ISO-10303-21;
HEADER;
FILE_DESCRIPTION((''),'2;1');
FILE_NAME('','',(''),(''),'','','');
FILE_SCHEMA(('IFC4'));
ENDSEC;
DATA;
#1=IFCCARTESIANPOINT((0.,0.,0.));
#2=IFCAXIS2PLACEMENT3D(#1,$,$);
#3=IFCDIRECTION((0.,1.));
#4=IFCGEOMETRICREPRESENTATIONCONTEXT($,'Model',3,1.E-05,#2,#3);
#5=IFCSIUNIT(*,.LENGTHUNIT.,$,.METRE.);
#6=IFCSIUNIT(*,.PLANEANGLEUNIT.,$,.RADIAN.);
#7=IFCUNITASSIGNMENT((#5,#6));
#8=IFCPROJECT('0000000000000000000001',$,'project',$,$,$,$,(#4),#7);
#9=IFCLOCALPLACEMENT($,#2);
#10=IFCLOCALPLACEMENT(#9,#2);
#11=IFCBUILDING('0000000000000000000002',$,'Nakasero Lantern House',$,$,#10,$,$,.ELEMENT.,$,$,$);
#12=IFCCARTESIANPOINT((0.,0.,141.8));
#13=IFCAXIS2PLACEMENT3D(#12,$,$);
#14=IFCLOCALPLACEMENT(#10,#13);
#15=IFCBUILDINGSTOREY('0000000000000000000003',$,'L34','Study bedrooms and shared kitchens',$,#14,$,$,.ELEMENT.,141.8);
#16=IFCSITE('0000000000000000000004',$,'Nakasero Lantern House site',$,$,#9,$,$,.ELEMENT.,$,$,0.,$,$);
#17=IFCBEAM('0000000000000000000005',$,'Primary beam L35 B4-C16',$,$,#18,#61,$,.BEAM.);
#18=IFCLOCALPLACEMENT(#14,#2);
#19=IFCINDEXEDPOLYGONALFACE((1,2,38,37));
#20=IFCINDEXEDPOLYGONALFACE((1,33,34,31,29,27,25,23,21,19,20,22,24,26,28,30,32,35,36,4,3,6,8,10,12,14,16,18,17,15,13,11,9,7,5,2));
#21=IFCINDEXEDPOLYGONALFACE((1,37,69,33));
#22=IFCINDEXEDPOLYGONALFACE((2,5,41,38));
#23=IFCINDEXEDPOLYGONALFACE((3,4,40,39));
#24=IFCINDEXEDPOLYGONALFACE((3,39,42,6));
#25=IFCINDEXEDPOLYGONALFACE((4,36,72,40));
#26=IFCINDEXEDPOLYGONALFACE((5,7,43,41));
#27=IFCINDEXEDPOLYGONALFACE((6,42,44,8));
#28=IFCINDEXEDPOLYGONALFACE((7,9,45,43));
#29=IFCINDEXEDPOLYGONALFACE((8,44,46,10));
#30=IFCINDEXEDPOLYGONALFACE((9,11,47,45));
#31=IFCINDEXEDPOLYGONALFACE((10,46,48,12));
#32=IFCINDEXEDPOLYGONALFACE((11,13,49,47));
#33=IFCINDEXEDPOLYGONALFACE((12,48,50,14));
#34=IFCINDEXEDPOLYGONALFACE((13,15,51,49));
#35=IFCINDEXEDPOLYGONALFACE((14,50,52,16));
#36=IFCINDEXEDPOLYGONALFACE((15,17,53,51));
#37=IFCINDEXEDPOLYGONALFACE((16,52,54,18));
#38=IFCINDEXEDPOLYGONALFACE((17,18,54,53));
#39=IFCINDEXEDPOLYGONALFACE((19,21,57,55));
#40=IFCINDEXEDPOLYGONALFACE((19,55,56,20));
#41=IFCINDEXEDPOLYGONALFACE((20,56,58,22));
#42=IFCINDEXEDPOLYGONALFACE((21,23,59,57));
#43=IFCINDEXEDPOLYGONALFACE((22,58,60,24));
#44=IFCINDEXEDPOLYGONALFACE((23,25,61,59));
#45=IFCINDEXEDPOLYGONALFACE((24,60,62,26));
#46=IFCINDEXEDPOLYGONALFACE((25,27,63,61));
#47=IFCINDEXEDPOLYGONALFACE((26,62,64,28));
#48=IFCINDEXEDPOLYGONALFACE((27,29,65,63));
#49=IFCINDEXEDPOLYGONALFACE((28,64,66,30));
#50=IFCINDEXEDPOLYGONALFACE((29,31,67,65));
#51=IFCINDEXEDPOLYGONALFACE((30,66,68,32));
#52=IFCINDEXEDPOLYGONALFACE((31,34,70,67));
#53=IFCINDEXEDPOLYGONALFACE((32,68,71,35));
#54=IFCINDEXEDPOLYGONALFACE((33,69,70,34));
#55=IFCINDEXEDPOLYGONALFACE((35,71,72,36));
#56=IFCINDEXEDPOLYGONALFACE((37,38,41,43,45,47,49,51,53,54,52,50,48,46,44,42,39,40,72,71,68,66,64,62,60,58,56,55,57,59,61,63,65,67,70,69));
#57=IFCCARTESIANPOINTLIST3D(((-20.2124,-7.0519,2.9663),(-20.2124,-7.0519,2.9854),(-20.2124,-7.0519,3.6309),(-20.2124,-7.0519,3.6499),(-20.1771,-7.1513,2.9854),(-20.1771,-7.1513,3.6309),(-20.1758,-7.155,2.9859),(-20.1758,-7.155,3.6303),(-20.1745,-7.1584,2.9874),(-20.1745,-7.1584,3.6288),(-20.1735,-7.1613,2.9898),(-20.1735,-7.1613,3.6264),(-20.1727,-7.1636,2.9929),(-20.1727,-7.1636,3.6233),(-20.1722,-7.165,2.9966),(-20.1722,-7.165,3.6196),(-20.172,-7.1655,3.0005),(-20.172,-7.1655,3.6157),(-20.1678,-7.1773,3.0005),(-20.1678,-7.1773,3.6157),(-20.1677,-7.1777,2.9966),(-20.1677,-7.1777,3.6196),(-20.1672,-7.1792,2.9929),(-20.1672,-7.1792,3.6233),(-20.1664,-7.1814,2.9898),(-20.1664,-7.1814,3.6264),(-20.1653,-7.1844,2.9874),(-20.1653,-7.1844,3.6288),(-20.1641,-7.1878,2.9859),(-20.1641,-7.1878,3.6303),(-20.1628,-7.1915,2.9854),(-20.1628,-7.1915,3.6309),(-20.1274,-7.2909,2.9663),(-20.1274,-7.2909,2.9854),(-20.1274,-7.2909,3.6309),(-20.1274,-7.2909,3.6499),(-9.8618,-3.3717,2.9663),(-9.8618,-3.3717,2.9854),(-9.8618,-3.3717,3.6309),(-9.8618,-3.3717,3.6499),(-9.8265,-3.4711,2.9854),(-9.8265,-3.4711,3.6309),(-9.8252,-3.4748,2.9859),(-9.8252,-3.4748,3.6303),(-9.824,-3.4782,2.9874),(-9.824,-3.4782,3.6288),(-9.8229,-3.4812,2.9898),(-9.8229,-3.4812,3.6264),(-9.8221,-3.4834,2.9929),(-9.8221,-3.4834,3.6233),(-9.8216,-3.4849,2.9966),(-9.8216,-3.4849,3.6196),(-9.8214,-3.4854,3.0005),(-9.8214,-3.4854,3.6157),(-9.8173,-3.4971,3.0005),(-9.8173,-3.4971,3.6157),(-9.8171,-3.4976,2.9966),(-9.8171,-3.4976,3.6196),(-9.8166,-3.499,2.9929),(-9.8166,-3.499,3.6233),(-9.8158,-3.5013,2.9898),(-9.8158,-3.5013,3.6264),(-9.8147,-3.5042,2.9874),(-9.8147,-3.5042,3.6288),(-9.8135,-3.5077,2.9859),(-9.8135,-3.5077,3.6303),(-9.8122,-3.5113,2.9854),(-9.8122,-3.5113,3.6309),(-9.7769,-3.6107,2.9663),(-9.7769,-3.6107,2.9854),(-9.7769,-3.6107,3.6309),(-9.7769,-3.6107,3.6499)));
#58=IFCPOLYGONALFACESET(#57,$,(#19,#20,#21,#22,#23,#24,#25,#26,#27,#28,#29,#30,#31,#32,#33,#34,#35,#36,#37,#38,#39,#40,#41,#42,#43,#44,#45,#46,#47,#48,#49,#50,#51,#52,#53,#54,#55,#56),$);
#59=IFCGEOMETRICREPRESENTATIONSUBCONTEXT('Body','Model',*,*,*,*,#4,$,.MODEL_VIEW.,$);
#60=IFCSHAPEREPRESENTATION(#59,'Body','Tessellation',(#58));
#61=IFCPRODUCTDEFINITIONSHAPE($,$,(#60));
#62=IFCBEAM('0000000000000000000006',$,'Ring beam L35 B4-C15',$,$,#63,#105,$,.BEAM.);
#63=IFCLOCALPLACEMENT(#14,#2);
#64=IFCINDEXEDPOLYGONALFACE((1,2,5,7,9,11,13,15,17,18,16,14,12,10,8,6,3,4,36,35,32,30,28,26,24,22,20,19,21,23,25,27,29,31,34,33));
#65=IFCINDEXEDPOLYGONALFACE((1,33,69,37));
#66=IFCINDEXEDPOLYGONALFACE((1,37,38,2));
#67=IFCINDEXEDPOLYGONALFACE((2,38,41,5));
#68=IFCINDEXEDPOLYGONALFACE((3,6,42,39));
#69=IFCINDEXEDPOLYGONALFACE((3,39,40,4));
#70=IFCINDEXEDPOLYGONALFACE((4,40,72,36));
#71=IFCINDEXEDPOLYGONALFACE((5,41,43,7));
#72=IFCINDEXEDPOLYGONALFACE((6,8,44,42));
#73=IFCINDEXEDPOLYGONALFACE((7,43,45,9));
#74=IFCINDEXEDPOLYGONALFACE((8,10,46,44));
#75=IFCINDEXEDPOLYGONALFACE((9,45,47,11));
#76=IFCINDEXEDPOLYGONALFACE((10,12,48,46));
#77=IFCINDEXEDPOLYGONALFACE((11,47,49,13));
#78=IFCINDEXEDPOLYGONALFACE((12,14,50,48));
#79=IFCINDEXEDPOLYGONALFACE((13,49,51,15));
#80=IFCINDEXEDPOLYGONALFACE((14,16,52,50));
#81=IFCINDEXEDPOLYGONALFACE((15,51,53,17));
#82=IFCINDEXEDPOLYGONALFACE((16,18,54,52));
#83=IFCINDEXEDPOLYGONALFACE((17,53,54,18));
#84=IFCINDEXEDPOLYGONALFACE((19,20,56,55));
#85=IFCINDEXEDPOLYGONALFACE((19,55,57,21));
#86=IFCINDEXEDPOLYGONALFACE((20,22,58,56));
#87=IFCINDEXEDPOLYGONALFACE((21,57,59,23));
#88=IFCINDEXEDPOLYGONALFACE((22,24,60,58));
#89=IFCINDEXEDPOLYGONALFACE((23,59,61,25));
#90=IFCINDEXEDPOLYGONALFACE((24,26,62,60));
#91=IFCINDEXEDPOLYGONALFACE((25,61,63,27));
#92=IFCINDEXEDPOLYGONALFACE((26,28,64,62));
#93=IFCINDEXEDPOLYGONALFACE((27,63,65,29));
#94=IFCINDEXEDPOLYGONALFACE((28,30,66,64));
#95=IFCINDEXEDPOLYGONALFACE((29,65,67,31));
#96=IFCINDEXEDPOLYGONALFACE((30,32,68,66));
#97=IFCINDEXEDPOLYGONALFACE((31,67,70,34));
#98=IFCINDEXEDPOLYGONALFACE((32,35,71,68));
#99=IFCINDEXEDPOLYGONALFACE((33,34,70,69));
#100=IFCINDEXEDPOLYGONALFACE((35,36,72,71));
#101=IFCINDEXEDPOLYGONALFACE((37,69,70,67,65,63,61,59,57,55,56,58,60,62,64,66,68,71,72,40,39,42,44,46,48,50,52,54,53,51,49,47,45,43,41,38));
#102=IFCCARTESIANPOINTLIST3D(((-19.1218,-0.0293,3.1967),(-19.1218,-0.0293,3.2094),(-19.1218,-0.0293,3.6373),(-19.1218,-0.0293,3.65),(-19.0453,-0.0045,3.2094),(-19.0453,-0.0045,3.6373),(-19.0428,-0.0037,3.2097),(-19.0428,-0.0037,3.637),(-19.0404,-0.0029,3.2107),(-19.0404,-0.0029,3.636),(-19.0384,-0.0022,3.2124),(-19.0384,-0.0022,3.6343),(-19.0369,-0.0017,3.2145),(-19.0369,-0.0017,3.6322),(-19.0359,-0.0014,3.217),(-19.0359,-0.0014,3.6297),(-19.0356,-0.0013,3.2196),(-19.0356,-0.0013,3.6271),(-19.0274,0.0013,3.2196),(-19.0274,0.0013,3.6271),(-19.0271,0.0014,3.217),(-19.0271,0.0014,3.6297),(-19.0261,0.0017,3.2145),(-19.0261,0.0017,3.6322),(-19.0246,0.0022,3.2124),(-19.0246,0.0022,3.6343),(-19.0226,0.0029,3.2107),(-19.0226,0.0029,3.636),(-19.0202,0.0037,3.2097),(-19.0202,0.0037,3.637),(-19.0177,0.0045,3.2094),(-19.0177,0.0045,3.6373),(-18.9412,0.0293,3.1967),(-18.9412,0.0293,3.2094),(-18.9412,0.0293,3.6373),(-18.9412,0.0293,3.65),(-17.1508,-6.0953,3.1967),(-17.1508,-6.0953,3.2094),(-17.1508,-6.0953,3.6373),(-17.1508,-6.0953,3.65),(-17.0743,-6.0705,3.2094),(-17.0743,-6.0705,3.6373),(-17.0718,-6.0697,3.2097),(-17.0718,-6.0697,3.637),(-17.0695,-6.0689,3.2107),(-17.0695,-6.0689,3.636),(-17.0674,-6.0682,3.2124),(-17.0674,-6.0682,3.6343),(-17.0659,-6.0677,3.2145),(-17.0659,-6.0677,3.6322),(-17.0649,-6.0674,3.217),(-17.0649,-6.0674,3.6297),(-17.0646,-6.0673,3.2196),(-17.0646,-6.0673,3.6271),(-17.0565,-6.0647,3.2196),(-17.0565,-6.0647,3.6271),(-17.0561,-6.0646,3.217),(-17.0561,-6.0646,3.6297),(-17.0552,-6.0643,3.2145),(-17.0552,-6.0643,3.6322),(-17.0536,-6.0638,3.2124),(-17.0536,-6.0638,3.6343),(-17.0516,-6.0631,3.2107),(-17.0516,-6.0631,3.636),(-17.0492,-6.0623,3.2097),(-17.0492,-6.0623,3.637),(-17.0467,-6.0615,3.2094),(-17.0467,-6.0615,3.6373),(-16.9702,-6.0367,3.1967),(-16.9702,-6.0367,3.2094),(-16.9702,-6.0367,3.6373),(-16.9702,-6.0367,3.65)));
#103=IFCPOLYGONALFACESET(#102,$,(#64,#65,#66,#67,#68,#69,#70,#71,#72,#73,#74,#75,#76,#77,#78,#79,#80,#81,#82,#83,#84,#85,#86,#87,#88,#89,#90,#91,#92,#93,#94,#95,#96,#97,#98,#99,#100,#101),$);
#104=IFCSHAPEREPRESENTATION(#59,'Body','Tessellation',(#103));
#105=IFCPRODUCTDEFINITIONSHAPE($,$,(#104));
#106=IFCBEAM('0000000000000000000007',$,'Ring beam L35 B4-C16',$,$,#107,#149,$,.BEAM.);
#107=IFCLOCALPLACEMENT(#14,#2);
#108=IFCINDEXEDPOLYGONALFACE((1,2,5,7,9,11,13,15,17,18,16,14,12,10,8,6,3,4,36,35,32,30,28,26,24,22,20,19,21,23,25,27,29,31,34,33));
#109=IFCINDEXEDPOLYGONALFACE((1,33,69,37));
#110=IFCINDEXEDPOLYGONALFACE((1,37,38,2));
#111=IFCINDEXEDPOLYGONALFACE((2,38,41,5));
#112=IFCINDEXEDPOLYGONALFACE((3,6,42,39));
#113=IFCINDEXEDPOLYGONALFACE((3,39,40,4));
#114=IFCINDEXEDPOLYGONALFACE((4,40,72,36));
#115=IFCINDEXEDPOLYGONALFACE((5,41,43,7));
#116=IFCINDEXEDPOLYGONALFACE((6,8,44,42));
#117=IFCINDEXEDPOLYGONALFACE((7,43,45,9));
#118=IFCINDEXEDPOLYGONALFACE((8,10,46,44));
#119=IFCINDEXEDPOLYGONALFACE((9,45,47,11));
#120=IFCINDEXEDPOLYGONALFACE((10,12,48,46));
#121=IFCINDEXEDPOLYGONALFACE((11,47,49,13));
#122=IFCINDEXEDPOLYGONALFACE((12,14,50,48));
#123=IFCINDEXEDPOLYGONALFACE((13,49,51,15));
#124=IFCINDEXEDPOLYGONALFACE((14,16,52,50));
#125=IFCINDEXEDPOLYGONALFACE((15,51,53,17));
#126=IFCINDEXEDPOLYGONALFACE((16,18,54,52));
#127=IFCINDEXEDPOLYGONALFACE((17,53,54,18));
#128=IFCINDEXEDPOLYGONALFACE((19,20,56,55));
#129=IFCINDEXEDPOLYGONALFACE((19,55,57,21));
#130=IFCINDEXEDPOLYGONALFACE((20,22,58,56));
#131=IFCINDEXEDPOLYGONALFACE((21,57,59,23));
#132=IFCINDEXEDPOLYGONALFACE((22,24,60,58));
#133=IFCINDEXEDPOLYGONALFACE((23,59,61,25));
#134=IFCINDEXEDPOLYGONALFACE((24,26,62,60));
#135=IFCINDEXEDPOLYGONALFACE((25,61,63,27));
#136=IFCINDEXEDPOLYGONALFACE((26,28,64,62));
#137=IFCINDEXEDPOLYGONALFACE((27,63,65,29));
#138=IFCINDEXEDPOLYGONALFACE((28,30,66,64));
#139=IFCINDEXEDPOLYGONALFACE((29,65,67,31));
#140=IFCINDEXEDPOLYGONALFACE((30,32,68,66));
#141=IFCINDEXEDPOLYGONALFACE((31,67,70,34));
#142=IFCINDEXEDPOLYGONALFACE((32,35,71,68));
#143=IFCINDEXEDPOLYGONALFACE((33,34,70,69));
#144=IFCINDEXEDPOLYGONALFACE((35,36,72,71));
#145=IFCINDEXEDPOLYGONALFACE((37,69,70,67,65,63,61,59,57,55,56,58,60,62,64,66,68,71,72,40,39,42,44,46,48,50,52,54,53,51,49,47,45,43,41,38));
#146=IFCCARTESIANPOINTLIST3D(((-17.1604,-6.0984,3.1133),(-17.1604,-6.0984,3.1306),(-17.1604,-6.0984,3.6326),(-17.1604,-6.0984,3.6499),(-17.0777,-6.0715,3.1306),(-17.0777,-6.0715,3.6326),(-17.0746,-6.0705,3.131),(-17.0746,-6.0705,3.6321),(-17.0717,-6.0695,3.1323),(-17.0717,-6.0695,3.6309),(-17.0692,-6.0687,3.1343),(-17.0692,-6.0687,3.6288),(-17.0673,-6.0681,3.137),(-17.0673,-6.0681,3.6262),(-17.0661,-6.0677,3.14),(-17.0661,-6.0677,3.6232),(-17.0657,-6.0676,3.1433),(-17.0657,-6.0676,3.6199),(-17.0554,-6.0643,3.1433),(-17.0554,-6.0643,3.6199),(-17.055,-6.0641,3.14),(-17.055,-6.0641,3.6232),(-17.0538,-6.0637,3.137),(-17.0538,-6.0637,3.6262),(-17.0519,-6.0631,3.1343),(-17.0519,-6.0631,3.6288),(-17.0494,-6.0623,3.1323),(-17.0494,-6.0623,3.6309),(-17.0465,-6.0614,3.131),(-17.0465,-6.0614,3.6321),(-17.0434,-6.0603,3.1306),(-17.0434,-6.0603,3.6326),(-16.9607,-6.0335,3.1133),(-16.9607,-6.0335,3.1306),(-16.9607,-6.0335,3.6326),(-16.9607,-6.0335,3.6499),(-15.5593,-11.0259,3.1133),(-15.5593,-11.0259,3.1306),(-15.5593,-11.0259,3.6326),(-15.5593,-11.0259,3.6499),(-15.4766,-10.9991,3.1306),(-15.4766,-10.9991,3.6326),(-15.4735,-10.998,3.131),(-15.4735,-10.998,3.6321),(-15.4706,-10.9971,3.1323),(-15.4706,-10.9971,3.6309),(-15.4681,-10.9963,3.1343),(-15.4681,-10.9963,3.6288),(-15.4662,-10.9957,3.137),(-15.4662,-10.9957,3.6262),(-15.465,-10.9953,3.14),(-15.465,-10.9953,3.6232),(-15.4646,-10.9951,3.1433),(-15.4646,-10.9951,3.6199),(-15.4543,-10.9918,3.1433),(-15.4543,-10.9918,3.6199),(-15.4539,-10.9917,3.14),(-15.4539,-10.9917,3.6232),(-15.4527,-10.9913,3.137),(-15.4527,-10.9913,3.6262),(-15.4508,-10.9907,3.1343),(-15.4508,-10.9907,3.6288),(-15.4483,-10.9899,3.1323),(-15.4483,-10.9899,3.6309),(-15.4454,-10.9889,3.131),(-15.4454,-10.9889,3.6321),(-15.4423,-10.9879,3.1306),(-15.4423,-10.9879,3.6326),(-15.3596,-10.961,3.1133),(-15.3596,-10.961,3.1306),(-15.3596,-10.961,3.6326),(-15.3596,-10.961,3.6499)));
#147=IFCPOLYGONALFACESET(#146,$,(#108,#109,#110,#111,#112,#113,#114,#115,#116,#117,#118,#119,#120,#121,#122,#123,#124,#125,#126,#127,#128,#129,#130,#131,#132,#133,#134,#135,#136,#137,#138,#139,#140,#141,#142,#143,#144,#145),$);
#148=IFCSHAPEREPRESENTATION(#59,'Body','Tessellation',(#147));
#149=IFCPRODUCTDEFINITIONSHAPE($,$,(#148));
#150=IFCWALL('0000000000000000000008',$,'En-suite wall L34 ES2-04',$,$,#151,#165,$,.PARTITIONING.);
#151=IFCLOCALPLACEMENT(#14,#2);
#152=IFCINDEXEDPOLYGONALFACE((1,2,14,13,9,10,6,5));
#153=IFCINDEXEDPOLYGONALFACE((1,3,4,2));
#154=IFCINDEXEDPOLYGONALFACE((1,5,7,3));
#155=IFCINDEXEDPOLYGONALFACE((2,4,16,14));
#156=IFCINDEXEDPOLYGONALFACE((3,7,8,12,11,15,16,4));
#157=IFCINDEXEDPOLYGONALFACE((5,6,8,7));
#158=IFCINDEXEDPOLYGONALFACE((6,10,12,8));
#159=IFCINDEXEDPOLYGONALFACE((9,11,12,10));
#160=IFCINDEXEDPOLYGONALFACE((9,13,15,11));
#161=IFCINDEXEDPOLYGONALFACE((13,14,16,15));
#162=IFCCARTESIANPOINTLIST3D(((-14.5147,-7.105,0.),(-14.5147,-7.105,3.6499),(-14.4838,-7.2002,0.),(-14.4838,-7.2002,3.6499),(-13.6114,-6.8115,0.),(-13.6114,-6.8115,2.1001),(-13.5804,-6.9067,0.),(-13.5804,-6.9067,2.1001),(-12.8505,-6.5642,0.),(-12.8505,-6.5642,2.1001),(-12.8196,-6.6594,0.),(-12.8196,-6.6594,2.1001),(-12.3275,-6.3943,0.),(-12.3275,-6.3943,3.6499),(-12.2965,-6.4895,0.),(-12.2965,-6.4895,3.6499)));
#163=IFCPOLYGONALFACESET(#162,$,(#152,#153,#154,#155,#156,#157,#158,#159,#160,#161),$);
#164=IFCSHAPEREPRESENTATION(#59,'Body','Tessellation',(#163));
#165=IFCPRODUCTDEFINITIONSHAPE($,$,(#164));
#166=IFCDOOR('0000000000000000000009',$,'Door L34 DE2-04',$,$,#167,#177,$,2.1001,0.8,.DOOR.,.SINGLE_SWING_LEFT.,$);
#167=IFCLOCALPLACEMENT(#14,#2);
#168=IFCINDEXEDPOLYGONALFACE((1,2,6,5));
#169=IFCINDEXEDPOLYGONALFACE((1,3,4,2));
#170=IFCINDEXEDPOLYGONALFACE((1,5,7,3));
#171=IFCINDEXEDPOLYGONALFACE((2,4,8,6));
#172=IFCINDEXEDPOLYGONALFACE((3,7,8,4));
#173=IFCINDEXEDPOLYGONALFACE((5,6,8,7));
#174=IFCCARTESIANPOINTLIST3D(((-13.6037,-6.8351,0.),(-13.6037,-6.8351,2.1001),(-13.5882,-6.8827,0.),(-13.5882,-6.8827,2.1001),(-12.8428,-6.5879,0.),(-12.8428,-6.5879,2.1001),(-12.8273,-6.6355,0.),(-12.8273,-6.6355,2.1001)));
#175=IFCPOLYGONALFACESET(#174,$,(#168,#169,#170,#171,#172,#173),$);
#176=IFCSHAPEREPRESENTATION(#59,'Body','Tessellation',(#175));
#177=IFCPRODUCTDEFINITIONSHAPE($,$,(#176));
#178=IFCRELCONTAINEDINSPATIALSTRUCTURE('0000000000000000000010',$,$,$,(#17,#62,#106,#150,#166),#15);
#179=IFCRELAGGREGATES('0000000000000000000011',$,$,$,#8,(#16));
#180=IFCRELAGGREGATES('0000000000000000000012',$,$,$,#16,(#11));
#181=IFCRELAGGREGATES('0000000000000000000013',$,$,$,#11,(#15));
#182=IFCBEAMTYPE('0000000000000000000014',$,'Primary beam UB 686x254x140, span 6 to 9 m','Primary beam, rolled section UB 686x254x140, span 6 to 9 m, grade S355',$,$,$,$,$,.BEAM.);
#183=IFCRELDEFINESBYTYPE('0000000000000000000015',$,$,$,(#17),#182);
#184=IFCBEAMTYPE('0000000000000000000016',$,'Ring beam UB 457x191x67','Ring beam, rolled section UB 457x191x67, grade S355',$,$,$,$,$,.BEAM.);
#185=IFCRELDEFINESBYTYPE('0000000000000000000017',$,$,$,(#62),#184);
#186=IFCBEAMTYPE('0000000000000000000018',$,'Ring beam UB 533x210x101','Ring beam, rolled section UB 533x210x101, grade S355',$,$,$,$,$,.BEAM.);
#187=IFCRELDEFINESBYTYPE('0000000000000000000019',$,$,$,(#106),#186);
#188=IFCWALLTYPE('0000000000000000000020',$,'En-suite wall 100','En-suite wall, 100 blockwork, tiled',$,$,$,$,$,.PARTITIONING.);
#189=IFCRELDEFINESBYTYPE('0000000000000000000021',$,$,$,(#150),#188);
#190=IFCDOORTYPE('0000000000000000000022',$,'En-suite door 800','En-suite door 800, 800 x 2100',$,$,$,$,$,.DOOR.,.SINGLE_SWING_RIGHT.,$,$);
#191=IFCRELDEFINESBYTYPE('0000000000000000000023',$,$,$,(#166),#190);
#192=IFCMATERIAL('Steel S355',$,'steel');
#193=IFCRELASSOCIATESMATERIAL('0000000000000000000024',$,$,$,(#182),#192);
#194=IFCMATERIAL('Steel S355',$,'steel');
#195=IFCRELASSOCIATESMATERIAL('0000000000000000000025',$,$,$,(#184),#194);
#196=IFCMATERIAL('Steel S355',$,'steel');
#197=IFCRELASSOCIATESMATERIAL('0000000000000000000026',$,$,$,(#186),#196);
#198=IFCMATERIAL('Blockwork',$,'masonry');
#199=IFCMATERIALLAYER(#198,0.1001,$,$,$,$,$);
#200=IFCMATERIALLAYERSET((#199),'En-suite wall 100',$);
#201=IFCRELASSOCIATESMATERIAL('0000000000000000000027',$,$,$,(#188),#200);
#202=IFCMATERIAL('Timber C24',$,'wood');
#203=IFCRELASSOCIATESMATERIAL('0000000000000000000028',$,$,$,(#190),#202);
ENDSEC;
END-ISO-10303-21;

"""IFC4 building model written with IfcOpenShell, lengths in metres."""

from ifc_helpers import new_model, si_unit, direction, frame, frame_2d, origin, origin_2d, place, context, subcontext, project, spatial, rectangle, i_section, extrude, material, layer, layer_set, material_profile, profile_set, type_object, element, fill, save


model = new_model("IFC4")

# Units and contexts
model_context = context("Model", 3, precision=1e-05, world=origin(), true_north=direction((0.0, 1.0)))
body_context = subcontext(model_context, "Body", "Model", "MODEL_VIEW")
ifc_project = project(units=[si_unit("LENGTHUNIT", "METRE"), si_unit("PLANEANGLEUNIT", "RADIAN")], contexts=[model_context])

# Site, building, storey
site_placement = place(None, origin())
site = spatial("IfcSite", under=ifc_project, at=site_placement, Name="Nakasero Lantern House site", CompositionType="ELEMENT", RefElevation=0.0)
building_placement = place(site_placement, origin())
building = spatial("IfcBuilding", under=site, at=building_placement, Name="Nakasero Lantern House", CompositionType="ELEMENT")
storey_placement = place(building_placement, frame((0.0, 0.0, 141.8)))
storey = spatial("IfcBuildingStorey", under=building, at=storey_placement, Name="L34", Description="Study bedrooms and shared kitchens", CompositionType="ELEMENT", Elevation=141.8)

# Beams
ifc_material_1 = material(Name="Steel S355", Category="steel")
ifc_material_profile_1 = material_profile(ifc_material_1, i_section(OverallWidth=0.2537, OverallDepth=0.6836, WebThickness=0.0125, FlangeThickness=0.019, FilletRadius=0.0151, at=origin_2d()), Name="UB 686x254x140")
ifc_profile_set_1 = profile_set([ifc_material_profile_1], Name="Steel S355")
beam_type_1 = type_object("IfcBeamType", Name="Primary beam UB 686x254x140, span 6 to 9 m", Description="Primary beam, rolled section UB 686x254x140, span 6 to 9 m, grade S355", PredefinedType="BEAM", material=ifc_profile_set_1)
beam_1_placement = place(storey_placement, frame((-20.1699, -7.1714, 3.3081), z_axis=(0.942216, 0.335007, 0.0), x_axis=(-0.335007, 0.942216, 0.0)))
element("IfcBeam", 1, at=beam_1_placement, inside=storey, type_object=beam_type_1, Name="Primary beam L35 B4-C16", PredefinedType="BEAM", context=body_context, shape_type="SweptSolid", body=[
    extrude(i_section(OverallWidth=0.2537, OverallDepth=0.6836, WebThickness=0.0125, FlangeThickness=0.019, FilletRadius=0.0151, at=origin_2d()), origin(), (0.0, 0.0, 1.0), 10.9854),
])
ifc_material_2 = material(Name="Steel S355", Category="steel")
ifc_material_profile_2 = material_profile(ifc_material_2, i_section(OverallWidth=0.1899, OverallDepth=0.4534, WebThickness=0.0085, FlangeThickness=0.0127, FilletRadius=0.0103, at=origin_2d()), Name="UB 457x191x67")
ifc_profile_set_2 = profile_set([ifc_material_profile_2], Name="Steel S355")
beam_type_2 = type_object("IfcBeamType", Name="Ring beam UB 457x191x67", Description="Ring beam, rolled section UB 457x191x67, grade S355", PredefinedType="BEAM", material=ifc_profile_set_2)
beam_2_placement = place(storey_placement, frame((-19.0315, 0.0, 3.4233), z_axis=(0.309019, -0.951056, 0.0), x_axis=(0.951056, 0.309019, 0.0)))
element("IfcBeam", 2, at=beam_2_placement, inside=storey, type_object=beam_type_2, Name="Ring beam L35 B4-C15", PredefinedType="BEAM", context=body_context, shape_type="SweptSolid", body=[
    extrude(i_section(OverallWidth=0.1899, OverallDepth=0.4534, WebThickness=0.0085, FlangeThickness=0.0127, FilletRadius=0.0103, at=origin_2d()), origin(), (0.0, 0.0, 1.0), 6.3782),
])
ifc_material_3 = material(Name="Steel S355", Category="steel")
ifc_material_profile_3 = material_profile(ifc_material_3, i_section(OverallWidth=0.21, OverallDepth=0.5366, WebThickness=0.0107, FlangeThickness=0.0173, FilletRadius=0.0127, at=origin_2d()), Name="UB 533x210x101")
ifc_profile_set_3 = profile_set([ifc_material_profile_3], Name="Steel S355")
beam_type_3 = type_object("IfcBeamType", Name="Ring beam UB 533x210x101", Description="Ring beam, rolled section UB 533x210x101, grade S355", PredefinedType="BEAM", material=ifc_profile_set_3)
beam_3_placement = place(storey_placement, frame((-17.0605, -6.0659, 3.3816), z_axis=(0.309023, -0.951054, 0.0), x_axis=(0.951054, 0.309023, 0.0)))
element("IfcBeam", 3, at=beam_3_placement, inside=storey, type_object=beam_type_3, Name="Ring beam L35 B4-C16", PredefinedType="BEAM", context=body_context, shape_type="SweptSolid", body=[
    extrude(i_section(OverallWidth=0.21, OverallDepth=0.5366, WebThickness=0.0107, FlangeThickness=0.0173, FilletRadius=0.0127, at=origin_2d()), origin(), (0.0, 0.0, 1.0), 5.1812),
])

# Wall, opening, door
ifc_material_4 = material(Name="Blockwork", Category="masonry")
ifc_layer_1 = layer(ifc_material_4, 0.1001)
ifc_layer_set_1 = layer_set([ifc_layer_1], Name="En-suite wall 100")
wall_type_1 = type_object("IfcWallType", Name="En-suite wall 100", Description="En-suite wall, 100 blockwork, tiled", PredefinedType="PARTITIONING", material=ifc_layer_set_1)
wall_1_placement = place(storey_placement, frame((-12.312, -6.4419, 0.0), z_axis=(0.0, 0.0, 1.0), x_axis=(-0.951055, -0.309021, 0.0)))
wall_1 = element("IfcWall", 4, at=wall_1_placement, inside=storey, type_object=wall_type_1, Name="En-suite wall L34 ES2-04", PredefinedType="PARTITIONING", context=body_context, shape_type="SweptSolid", body=[
    extrude(rectangle(XDim=2.2998, YDim=0.1001, at=frame_2d((1.1499, 0.0))), origin(), (0.0, 0.0, 1.0), 3.6499),
])
opening_placement = place(wall_1_placement, frame((0.55, 0.0, 0.0)))
opening = element("IfcOpeningElement", 5, at=opening_placement, cuts=wall_1, PredefinedType="OPENING", context=body_context, shape_type="SweptSolid", body=[
    extrude(rectangle(XDim=0.8, YDim=2.1001, at=frame_2d((0.3999, 1.05))), frame((0.0, 0.0701, 0.0), z_axis=(0.0, -1.0, 0.0), x_axis=(1.0, 0.0, 0.0)), (0.0, 0.0, 1.0), 0.1401),
])
ifc_material_5 = material(Name="Timber C24", Category="wood")
door_type = type_object("IfcDoorType", Name="En-suite door 800", Description="En-suite door 800, 800 x 2100", OperationType="SINGLE_SWING_RIGHT", PredefinedType="DOOR", material=ifc_material_5)
door_placement = place(opening_placement, origin())
door = element("IfcDoor", 6, at=door_placement, inside=storey, type_object=door_type, Name="Door L34 DE2-04", OperationType="SINGLE_SWING_LEFT", OverallHeight=2.1001, OverallWidth=0.8, PredefinedType="DOOR", context=body_context, shape_type="SweptSolid", body=[
    extrude(rectangle(XDim=0.8, YDim=2.1001, at=frame_2d((0.3999, 1.05))), frame((0.0, 0.0249, 0.0), z_axis=(0.0, -1.0, 0.0), x_axis=(1.0, 0.0, 0.0)), (0.0, 0.0, 1.0), 0.05),
])
fill(opening, door)

save(model, "model.ifc")
